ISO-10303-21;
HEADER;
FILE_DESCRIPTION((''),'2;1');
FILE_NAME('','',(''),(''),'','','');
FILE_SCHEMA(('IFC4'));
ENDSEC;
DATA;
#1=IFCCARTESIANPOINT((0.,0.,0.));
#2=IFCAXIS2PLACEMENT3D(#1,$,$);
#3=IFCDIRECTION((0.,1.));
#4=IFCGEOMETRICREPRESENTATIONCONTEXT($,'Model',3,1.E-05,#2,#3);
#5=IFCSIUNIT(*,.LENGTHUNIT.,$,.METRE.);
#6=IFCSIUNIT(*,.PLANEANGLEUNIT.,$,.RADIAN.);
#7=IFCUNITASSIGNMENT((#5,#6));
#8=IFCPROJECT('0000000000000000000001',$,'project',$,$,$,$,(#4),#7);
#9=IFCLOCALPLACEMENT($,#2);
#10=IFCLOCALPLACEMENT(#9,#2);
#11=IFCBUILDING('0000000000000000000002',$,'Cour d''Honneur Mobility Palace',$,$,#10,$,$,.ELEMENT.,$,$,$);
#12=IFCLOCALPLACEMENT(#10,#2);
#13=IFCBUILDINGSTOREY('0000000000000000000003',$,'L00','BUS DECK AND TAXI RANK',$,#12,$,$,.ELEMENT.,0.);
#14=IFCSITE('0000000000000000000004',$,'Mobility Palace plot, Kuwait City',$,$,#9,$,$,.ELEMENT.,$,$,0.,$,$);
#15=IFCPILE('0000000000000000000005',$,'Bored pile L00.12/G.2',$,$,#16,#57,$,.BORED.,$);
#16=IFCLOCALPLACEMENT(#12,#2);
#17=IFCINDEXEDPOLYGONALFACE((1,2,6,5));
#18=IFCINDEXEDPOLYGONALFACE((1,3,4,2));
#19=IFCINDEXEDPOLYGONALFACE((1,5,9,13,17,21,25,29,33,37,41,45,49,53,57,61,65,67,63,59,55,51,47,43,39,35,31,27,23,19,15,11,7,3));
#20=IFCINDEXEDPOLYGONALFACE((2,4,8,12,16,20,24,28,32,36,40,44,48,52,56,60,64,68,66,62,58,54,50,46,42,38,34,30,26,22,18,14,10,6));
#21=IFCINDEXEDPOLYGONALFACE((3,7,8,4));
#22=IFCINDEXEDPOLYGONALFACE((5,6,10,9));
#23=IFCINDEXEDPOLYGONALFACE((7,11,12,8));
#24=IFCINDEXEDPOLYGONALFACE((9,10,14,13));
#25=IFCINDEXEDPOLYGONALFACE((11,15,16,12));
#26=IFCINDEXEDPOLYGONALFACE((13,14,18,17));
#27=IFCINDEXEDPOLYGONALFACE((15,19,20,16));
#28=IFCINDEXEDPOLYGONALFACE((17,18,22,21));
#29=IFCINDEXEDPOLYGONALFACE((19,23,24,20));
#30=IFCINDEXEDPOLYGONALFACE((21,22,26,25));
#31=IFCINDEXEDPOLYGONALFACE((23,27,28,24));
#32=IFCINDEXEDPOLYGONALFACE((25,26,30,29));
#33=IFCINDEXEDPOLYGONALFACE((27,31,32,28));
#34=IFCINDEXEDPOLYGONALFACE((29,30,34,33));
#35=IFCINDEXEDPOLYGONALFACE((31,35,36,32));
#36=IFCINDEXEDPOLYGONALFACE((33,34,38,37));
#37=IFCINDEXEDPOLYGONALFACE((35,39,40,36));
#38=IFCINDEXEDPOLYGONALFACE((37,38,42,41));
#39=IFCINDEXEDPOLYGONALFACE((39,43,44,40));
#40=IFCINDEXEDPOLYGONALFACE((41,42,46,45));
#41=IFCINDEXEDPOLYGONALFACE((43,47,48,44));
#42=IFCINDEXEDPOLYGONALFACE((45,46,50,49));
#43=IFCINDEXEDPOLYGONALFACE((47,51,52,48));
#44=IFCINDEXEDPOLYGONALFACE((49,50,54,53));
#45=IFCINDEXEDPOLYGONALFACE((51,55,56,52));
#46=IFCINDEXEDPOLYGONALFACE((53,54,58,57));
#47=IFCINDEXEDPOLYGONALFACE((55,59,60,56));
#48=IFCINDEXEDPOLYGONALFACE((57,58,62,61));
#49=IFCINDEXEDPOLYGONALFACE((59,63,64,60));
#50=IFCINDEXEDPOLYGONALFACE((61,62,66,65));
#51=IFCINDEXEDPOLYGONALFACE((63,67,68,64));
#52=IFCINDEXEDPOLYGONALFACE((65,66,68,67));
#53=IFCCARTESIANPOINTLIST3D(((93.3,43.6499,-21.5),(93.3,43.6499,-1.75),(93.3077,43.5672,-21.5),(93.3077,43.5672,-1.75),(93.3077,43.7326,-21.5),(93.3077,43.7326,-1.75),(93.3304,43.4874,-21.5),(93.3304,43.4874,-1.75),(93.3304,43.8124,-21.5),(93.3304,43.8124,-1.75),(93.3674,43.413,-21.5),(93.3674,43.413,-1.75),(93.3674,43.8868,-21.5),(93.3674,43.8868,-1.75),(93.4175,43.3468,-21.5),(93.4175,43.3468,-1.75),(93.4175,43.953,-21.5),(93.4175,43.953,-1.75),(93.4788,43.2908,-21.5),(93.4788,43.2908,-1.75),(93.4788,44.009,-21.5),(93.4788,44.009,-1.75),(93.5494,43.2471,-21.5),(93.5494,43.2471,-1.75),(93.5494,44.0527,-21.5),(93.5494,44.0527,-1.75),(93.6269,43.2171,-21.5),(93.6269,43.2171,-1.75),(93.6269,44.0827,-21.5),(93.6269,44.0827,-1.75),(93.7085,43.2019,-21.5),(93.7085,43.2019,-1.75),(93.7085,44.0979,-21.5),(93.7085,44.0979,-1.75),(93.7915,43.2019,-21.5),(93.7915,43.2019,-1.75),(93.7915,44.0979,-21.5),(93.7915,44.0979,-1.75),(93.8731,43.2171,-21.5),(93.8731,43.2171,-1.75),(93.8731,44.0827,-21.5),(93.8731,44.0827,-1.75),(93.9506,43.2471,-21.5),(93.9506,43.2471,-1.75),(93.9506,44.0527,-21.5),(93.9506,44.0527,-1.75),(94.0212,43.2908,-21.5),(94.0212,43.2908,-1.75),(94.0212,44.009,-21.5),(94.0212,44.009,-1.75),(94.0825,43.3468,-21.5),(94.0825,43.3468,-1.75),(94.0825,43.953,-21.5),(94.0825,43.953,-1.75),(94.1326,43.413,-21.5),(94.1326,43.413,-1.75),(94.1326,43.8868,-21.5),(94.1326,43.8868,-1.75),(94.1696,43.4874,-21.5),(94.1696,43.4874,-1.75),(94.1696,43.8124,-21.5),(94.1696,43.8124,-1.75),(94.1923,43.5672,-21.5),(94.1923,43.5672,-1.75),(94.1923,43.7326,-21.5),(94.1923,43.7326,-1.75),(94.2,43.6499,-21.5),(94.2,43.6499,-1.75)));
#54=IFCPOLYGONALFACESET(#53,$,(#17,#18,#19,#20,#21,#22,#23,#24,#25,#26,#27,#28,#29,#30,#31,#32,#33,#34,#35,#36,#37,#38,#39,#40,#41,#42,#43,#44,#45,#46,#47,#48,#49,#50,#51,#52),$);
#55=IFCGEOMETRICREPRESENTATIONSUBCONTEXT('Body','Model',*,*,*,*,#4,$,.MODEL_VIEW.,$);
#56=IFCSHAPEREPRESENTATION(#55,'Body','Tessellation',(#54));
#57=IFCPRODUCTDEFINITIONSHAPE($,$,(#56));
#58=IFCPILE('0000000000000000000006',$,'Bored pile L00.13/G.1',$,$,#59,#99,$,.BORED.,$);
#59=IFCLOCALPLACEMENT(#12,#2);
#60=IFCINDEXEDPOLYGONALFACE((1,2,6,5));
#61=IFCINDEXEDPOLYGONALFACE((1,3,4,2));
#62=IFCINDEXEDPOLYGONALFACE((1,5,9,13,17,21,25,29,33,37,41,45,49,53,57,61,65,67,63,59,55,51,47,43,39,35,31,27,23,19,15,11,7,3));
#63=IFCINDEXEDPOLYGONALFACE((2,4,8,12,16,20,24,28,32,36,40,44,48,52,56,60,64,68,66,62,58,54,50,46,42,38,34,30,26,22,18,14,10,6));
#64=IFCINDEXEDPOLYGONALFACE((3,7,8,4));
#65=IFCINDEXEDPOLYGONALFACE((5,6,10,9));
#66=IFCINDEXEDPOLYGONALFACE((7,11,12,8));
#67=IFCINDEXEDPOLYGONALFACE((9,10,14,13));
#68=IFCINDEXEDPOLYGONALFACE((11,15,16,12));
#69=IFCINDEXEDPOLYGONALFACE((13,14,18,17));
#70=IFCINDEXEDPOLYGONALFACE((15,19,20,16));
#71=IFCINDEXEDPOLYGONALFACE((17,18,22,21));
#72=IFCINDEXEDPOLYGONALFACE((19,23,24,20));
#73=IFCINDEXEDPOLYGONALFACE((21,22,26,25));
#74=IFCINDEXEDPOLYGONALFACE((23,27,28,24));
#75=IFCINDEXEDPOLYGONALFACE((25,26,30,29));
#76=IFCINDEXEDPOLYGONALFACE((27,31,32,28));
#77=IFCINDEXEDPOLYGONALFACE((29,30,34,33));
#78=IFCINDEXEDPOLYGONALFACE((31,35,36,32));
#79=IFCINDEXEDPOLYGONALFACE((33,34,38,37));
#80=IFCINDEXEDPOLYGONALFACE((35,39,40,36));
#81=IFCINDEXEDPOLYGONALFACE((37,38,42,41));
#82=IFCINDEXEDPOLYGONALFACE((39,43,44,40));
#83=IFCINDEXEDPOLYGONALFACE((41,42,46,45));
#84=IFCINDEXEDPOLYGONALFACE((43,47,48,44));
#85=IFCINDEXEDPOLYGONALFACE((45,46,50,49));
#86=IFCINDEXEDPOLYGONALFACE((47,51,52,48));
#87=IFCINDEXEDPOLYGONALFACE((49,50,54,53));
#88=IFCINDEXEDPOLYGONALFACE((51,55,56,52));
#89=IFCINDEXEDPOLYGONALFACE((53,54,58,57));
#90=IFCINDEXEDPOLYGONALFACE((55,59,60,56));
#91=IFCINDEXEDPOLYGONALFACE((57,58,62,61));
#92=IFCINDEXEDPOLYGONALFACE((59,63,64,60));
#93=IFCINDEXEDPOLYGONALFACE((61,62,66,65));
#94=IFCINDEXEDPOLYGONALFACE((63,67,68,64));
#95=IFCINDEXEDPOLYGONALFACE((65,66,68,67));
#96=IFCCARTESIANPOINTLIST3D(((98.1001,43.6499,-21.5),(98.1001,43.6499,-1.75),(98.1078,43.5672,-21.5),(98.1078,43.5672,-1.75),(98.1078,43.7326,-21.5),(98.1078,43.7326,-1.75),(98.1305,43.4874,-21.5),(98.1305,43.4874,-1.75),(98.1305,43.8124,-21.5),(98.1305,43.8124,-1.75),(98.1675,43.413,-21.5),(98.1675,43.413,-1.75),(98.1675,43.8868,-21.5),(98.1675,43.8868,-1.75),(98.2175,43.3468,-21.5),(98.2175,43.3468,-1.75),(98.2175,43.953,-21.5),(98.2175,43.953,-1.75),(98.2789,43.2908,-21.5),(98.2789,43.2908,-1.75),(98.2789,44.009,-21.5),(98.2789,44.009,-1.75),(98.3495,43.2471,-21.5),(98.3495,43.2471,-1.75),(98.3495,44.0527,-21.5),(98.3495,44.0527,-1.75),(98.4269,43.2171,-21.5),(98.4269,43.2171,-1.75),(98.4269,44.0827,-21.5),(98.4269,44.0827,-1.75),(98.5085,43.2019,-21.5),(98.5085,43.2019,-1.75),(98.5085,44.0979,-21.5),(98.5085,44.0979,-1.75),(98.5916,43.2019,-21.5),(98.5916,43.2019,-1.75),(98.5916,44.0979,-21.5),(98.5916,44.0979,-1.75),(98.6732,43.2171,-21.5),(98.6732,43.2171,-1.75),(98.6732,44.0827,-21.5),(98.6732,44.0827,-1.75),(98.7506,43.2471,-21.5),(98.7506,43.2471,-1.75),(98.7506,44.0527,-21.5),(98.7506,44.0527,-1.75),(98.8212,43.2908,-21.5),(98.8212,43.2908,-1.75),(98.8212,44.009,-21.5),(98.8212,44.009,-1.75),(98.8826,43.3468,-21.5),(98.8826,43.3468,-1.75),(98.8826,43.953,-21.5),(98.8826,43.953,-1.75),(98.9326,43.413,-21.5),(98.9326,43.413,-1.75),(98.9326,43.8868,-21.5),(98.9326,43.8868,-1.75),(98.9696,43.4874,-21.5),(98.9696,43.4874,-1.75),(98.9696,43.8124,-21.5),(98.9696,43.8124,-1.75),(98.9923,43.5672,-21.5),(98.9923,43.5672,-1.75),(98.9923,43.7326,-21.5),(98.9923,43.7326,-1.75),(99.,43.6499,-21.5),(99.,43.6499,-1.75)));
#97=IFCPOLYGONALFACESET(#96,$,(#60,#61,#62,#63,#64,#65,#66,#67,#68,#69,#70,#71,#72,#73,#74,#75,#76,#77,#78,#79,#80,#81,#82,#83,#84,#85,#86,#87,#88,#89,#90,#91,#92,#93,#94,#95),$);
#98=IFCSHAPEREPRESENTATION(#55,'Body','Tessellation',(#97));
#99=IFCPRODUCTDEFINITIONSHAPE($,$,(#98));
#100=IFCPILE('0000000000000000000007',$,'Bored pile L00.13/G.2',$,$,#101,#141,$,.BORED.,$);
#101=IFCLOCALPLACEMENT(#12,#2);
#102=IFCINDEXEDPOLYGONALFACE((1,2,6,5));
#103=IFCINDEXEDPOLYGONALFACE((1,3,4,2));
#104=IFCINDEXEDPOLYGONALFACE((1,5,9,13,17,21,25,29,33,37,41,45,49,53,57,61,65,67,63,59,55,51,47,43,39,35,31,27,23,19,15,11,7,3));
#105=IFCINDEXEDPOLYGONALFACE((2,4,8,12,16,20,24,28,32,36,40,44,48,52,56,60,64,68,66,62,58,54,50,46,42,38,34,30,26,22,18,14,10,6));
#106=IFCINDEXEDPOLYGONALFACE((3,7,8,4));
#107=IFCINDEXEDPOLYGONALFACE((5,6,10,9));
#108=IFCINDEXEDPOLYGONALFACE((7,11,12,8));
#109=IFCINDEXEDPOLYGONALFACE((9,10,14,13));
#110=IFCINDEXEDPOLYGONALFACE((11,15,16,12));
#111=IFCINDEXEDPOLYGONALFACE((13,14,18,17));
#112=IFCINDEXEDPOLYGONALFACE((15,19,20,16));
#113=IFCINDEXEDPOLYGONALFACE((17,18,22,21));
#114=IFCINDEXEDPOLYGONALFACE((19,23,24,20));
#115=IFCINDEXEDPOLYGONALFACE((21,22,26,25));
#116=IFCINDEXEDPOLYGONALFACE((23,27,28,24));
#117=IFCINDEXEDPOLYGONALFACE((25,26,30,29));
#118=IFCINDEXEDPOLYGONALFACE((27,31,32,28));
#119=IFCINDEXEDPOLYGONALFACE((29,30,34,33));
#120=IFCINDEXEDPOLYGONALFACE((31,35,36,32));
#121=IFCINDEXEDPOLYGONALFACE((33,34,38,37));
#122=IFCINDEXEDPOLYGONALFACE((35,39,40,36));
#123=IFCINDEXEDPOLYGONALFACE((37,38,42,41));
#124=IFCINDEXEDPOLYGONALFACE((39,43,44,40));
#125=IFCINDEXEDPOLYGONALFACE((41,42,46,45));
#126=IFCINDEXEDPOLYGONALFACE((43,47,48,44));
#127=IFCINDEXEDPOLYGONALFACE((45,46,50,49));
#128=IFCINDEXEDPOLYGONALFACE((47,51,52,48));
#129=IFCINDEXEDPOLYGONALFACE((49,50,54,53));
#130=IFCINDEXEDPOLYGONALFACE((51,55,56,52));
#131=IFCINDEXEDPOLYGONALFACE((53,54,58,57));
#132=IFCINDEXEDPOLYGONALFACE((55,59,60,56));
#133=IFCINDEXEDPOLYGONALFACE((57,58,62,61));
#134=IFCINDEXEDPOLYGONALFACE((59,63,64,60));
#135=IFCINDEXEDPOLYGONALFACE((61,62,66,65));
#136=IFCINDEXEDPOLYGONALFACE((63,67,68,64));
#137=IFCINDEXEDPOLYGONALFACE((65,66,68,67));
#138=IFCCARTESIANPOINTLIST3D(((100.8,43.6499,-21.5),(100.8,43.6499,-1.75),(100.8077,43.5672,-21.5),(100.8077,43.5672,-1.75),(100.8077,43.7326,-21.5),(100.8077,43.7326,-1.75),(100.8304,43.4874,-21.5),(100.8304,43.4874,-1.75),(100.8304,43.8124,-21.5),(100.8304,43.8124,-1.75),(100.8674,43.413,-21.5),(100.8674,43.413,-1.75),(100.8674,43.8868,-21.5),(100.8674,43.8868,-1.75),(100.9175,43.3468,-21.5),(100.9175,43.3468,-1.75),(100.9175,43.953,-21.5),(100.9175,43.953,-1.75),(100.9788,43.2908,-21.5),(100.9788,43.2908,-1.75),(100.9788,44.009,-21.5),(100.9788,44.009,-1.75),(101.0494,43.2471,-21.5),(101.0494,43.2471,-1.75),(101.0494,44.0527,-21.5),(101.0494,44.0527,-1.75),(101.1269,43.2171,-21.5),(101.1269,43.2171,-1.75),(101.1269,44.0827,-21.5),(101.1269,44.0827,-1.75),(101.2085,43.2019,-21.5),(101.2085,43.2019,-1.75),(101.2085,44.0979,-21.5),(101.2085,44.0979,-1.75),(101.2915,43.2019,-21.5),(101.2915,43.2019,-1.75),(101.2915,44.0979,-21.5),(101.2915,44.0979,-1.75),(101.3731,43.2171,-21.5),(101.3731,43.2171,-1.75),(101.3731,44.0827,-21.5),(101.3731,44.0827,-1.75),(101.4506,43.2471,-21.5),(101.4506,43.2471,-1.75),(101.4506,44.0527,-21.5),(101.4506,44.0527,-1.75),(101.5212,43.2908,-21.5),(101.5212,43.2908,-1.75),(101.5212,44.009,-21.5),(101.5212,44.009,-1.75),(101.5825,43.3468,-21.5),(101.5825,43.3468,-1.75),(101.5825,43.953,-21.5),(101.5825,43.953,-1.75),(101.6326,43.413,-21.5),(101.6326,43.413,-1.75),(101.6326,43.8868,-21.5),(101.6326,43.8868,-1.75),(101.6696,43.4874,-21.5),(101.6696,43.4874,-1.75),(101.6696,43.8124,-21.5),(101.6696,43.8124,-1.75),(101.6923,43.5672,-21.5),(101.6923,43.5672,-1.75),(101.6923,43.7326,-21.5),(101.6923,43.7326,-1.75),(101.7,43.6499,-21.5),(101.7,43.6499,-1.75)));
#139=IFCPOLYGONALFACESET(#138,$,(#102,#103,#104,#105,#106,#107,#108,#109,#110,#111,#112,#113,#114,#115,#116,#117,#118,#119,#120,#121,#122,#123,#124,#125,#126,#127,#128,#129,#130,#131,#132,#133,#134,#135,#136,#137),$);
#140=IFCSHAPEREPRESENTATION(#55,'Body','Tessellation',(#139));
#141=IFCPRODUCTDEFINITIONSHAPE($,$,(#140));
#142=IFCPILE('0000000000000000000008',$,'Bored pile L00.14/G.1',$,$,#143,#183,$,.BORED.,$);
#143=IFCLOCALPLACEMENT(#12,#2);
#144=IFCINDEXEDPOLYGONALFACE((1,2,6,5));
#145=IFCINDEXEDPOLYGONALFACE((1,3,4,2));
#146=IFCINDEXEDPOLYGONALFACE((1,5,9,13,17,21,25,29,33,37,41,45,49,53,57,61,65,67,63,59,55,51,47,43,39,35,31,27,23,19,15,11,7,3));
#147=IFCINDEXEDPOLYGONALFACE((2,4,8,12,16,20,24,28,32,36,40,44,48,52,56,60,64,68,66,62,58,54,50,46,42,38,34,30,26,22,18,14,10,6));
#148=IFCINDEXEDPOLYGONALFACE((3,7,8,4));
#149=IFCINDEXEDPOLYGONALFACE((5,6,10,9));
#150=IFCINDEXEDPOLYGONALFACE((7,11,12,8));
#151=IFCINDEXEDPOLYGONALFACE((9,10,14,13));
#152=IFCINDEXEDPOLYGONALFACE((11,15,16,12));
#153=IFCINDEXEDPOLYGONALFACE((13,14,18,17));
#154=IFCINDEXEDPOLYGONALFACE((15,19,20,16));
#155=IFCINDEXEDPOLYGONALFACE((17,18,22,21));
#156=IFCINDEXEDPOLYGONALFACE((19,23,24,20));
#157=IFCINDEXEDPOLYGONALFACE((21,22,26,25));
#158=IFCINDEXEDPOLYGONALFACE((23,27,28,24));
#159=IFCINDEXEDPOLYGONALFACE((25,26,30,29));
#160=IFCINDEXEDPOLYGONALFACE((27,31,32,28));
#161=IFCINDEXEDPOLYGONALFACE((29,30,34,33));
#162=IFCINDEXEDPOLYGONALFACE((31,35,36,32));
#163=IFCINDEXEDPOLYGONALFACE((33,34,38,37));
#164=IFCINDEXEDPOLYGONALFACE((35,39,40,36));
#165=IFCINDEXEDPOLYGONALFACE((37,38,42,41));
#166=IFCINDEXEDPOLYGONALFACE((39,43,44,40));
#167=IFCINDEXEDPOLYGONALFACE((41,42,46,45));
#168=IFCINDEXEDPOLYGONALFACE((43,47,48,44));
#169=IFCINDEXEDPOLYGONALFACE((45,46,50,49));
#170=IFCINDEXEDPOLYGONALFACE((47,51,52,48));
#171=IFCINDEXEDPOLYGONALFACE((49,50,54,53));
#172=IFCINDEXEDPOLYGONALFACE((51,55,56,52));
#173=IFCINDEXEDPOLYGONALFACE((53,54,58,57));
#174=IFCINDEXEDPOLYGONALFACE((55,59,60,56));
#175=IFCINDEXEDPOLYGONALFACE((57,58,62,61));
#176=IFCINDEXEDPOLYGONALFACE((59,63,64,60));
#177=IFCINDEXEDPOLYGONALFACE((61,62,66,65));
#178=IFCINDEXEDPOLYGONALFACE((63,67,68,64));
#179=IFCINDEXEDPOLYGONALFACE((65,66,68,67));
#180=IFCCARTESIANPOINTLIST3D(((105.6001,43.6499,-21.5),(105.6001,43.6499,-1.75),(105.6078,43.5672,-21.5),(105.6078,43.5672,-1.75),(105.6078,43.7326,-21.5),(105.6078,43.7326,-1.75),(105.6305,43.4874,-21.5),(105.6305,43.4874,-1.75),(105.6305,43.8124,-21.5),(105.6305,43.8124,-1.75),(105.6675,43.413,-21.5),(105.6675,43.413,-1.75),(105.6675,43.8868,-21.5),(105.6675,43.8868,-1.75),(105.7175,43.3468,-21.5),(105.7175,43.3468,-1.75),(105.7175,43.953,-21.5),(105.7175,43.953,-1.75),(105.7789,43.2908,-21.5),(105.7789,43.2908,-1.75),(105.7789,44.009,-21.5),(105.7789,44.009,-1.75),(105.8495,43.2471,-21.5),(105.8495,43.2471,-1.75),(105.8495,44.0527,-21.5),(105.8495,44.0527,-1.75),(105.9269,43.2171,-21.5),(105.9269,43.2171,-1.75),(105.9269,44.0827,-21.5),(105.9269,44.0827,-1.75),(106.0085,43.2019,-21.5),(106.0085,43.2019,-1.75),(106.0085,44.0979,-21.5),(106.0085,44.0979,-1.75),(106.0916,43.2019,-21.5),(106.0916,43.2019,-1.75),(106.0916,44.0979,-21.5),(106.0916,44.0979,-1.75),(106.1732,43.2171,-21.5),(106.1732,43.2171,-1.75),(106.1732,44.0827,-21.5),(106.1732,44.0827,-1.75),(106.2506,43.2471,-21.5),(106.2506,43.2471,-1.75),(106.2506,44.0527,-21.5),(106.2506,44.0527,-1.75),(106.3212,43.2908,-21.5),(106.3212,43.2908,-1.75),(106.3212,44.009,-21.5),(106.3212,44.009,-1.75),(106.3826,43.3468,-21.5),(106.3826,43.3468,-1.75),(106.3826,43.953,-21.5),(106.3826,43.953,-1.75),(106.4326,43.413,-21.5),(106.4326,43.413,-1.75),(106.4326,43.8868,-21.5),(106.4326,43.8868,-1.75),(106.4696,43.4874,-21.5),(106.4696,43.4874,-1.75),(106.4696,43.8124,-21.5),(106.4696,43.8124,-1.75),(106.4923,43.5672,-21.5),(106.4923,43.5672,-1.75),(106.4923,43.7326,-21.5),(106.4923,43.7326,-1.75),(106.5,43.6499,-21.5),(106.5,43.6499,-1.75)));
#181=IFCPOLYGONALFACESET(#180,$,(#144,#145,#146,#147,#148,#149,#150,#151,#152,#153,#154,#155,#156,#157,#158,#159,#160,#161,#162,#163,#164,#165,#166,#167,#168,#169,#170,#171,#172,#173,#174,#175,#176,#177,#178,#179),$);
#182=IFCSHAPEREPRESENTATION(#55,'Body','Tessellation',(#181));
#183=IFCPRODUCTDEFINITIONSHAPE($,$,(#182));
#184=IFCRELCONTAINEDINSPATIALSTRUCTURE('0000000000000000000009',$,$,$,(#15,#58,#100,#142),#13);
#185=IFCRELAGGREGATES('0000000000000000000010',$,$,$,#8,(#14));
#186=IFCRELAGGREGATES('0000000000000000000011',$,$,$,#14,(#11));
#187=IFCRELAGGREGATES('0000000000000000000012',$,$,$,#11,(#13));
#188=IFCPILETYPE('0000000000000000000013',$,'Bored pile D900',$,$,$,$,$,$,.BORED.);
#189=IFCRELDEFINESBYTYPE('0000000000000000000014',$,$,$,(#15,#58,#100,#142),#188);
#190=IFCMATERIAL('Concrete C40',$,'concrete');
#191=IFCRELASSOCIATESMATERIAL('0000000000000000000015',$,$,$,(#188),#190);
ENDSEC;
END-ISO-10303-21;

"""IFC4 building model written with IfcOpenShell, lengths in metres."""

from ifc_helpers import new_model, si_unit, direction, frame, origin, origin_2d, place, context, subcontext, project, spatial, circle, extrude, material, material_profile, profile_set, type_object, element, save


model = new_model("IFC4")

# Units and contexts
model_context = context("Model", 3, precision=1e-05, world=origin(), true_north=direction((0.0, 1.0)))
body_context = subcontext(model_context, "Body", "Model", "MODEL_VIEW")
ifc_project = project(units=[si_unit("LENGTHUNIT", "METRE"), si_unit("PLANEANGLEUNIT", "RADIAN")], contexts=[model_context])

# Site, building, storey
site_placement = place(None, origin())
site = spatial("IfcSite", under=ifc_project, at=site_placement, Name="Mobility Palace plot, Kuwait City", CompositionType="ELEMENT", RefElevation=0.0)
building_placement = place(site_placement, origin())
building = spatial("IfcBuilding", under=site, at=building_placement, Name="Cour d'Honneur Mobility Palace", CompositionType="ELEMENT")
storey_placement = place(building_placement, origin())
storey = spatial("IfcBuildingStorey", under=building, at=storey_placement, Name="L00", Description="BUS DECK AND TAXI RANK", CompositionType="ELEMENT", Elevation=0.0)

# Piles
ifc_material_1 = material(Name="Concrete C40", Category="concrete")
ifc_material_profile = material_profile(ifc_material_1, circle(Radius=0.45, at=origin_2d()), Name="Bored pile D900")
ifc_profile_set = profile_set([ifc_material_profile], Name="Concrete C40")
pile_type = type_object("IfcPileType", Name="Bored pile D900", PredefinedType="BORED", material=ifc_profile_set)
for number, where, z_axis, x_axis, name in (
    (1, (93.75, 43.6499, -1.75), (0.0, 0.0, -1.0), (1.0, 0.0, 0.0), "Bored pile L00.12/G.2"),
    (2, (98.55, 43.6499, -1.75), (0.0, 0.0, -1.0), (1.0, 0.0, 0.0), "Bored pile L00.13/G.1"),
    (3, (101.25, 43.6499, -1.75), (0.0, 0.0, -1.0), (1.0, 0.0, 0.0), "Bored pile L00.13/G.2"),
    (4, (106.05, 43.6499, -1.75), (0.0, 0.0, -1.0), (1.0, 0.0, 0.0), "Bored pile L00.14/G.1"),
):
    element("IfcPile", number, at=place(storey_placement, frame(where, z_axis=z_axis, x_axis=x_axis)), inside=storey, type_object=pile_type, Name=name, PredefinedType="BORED", context=body_context, shape_type="SweptSolid", body=[
        extrude(circle(Radius=0.45, at=origin_2d()), origin(), (0.0, 0.0, 1.0), 19.75),
    ])

save(model, "model.ifc")
